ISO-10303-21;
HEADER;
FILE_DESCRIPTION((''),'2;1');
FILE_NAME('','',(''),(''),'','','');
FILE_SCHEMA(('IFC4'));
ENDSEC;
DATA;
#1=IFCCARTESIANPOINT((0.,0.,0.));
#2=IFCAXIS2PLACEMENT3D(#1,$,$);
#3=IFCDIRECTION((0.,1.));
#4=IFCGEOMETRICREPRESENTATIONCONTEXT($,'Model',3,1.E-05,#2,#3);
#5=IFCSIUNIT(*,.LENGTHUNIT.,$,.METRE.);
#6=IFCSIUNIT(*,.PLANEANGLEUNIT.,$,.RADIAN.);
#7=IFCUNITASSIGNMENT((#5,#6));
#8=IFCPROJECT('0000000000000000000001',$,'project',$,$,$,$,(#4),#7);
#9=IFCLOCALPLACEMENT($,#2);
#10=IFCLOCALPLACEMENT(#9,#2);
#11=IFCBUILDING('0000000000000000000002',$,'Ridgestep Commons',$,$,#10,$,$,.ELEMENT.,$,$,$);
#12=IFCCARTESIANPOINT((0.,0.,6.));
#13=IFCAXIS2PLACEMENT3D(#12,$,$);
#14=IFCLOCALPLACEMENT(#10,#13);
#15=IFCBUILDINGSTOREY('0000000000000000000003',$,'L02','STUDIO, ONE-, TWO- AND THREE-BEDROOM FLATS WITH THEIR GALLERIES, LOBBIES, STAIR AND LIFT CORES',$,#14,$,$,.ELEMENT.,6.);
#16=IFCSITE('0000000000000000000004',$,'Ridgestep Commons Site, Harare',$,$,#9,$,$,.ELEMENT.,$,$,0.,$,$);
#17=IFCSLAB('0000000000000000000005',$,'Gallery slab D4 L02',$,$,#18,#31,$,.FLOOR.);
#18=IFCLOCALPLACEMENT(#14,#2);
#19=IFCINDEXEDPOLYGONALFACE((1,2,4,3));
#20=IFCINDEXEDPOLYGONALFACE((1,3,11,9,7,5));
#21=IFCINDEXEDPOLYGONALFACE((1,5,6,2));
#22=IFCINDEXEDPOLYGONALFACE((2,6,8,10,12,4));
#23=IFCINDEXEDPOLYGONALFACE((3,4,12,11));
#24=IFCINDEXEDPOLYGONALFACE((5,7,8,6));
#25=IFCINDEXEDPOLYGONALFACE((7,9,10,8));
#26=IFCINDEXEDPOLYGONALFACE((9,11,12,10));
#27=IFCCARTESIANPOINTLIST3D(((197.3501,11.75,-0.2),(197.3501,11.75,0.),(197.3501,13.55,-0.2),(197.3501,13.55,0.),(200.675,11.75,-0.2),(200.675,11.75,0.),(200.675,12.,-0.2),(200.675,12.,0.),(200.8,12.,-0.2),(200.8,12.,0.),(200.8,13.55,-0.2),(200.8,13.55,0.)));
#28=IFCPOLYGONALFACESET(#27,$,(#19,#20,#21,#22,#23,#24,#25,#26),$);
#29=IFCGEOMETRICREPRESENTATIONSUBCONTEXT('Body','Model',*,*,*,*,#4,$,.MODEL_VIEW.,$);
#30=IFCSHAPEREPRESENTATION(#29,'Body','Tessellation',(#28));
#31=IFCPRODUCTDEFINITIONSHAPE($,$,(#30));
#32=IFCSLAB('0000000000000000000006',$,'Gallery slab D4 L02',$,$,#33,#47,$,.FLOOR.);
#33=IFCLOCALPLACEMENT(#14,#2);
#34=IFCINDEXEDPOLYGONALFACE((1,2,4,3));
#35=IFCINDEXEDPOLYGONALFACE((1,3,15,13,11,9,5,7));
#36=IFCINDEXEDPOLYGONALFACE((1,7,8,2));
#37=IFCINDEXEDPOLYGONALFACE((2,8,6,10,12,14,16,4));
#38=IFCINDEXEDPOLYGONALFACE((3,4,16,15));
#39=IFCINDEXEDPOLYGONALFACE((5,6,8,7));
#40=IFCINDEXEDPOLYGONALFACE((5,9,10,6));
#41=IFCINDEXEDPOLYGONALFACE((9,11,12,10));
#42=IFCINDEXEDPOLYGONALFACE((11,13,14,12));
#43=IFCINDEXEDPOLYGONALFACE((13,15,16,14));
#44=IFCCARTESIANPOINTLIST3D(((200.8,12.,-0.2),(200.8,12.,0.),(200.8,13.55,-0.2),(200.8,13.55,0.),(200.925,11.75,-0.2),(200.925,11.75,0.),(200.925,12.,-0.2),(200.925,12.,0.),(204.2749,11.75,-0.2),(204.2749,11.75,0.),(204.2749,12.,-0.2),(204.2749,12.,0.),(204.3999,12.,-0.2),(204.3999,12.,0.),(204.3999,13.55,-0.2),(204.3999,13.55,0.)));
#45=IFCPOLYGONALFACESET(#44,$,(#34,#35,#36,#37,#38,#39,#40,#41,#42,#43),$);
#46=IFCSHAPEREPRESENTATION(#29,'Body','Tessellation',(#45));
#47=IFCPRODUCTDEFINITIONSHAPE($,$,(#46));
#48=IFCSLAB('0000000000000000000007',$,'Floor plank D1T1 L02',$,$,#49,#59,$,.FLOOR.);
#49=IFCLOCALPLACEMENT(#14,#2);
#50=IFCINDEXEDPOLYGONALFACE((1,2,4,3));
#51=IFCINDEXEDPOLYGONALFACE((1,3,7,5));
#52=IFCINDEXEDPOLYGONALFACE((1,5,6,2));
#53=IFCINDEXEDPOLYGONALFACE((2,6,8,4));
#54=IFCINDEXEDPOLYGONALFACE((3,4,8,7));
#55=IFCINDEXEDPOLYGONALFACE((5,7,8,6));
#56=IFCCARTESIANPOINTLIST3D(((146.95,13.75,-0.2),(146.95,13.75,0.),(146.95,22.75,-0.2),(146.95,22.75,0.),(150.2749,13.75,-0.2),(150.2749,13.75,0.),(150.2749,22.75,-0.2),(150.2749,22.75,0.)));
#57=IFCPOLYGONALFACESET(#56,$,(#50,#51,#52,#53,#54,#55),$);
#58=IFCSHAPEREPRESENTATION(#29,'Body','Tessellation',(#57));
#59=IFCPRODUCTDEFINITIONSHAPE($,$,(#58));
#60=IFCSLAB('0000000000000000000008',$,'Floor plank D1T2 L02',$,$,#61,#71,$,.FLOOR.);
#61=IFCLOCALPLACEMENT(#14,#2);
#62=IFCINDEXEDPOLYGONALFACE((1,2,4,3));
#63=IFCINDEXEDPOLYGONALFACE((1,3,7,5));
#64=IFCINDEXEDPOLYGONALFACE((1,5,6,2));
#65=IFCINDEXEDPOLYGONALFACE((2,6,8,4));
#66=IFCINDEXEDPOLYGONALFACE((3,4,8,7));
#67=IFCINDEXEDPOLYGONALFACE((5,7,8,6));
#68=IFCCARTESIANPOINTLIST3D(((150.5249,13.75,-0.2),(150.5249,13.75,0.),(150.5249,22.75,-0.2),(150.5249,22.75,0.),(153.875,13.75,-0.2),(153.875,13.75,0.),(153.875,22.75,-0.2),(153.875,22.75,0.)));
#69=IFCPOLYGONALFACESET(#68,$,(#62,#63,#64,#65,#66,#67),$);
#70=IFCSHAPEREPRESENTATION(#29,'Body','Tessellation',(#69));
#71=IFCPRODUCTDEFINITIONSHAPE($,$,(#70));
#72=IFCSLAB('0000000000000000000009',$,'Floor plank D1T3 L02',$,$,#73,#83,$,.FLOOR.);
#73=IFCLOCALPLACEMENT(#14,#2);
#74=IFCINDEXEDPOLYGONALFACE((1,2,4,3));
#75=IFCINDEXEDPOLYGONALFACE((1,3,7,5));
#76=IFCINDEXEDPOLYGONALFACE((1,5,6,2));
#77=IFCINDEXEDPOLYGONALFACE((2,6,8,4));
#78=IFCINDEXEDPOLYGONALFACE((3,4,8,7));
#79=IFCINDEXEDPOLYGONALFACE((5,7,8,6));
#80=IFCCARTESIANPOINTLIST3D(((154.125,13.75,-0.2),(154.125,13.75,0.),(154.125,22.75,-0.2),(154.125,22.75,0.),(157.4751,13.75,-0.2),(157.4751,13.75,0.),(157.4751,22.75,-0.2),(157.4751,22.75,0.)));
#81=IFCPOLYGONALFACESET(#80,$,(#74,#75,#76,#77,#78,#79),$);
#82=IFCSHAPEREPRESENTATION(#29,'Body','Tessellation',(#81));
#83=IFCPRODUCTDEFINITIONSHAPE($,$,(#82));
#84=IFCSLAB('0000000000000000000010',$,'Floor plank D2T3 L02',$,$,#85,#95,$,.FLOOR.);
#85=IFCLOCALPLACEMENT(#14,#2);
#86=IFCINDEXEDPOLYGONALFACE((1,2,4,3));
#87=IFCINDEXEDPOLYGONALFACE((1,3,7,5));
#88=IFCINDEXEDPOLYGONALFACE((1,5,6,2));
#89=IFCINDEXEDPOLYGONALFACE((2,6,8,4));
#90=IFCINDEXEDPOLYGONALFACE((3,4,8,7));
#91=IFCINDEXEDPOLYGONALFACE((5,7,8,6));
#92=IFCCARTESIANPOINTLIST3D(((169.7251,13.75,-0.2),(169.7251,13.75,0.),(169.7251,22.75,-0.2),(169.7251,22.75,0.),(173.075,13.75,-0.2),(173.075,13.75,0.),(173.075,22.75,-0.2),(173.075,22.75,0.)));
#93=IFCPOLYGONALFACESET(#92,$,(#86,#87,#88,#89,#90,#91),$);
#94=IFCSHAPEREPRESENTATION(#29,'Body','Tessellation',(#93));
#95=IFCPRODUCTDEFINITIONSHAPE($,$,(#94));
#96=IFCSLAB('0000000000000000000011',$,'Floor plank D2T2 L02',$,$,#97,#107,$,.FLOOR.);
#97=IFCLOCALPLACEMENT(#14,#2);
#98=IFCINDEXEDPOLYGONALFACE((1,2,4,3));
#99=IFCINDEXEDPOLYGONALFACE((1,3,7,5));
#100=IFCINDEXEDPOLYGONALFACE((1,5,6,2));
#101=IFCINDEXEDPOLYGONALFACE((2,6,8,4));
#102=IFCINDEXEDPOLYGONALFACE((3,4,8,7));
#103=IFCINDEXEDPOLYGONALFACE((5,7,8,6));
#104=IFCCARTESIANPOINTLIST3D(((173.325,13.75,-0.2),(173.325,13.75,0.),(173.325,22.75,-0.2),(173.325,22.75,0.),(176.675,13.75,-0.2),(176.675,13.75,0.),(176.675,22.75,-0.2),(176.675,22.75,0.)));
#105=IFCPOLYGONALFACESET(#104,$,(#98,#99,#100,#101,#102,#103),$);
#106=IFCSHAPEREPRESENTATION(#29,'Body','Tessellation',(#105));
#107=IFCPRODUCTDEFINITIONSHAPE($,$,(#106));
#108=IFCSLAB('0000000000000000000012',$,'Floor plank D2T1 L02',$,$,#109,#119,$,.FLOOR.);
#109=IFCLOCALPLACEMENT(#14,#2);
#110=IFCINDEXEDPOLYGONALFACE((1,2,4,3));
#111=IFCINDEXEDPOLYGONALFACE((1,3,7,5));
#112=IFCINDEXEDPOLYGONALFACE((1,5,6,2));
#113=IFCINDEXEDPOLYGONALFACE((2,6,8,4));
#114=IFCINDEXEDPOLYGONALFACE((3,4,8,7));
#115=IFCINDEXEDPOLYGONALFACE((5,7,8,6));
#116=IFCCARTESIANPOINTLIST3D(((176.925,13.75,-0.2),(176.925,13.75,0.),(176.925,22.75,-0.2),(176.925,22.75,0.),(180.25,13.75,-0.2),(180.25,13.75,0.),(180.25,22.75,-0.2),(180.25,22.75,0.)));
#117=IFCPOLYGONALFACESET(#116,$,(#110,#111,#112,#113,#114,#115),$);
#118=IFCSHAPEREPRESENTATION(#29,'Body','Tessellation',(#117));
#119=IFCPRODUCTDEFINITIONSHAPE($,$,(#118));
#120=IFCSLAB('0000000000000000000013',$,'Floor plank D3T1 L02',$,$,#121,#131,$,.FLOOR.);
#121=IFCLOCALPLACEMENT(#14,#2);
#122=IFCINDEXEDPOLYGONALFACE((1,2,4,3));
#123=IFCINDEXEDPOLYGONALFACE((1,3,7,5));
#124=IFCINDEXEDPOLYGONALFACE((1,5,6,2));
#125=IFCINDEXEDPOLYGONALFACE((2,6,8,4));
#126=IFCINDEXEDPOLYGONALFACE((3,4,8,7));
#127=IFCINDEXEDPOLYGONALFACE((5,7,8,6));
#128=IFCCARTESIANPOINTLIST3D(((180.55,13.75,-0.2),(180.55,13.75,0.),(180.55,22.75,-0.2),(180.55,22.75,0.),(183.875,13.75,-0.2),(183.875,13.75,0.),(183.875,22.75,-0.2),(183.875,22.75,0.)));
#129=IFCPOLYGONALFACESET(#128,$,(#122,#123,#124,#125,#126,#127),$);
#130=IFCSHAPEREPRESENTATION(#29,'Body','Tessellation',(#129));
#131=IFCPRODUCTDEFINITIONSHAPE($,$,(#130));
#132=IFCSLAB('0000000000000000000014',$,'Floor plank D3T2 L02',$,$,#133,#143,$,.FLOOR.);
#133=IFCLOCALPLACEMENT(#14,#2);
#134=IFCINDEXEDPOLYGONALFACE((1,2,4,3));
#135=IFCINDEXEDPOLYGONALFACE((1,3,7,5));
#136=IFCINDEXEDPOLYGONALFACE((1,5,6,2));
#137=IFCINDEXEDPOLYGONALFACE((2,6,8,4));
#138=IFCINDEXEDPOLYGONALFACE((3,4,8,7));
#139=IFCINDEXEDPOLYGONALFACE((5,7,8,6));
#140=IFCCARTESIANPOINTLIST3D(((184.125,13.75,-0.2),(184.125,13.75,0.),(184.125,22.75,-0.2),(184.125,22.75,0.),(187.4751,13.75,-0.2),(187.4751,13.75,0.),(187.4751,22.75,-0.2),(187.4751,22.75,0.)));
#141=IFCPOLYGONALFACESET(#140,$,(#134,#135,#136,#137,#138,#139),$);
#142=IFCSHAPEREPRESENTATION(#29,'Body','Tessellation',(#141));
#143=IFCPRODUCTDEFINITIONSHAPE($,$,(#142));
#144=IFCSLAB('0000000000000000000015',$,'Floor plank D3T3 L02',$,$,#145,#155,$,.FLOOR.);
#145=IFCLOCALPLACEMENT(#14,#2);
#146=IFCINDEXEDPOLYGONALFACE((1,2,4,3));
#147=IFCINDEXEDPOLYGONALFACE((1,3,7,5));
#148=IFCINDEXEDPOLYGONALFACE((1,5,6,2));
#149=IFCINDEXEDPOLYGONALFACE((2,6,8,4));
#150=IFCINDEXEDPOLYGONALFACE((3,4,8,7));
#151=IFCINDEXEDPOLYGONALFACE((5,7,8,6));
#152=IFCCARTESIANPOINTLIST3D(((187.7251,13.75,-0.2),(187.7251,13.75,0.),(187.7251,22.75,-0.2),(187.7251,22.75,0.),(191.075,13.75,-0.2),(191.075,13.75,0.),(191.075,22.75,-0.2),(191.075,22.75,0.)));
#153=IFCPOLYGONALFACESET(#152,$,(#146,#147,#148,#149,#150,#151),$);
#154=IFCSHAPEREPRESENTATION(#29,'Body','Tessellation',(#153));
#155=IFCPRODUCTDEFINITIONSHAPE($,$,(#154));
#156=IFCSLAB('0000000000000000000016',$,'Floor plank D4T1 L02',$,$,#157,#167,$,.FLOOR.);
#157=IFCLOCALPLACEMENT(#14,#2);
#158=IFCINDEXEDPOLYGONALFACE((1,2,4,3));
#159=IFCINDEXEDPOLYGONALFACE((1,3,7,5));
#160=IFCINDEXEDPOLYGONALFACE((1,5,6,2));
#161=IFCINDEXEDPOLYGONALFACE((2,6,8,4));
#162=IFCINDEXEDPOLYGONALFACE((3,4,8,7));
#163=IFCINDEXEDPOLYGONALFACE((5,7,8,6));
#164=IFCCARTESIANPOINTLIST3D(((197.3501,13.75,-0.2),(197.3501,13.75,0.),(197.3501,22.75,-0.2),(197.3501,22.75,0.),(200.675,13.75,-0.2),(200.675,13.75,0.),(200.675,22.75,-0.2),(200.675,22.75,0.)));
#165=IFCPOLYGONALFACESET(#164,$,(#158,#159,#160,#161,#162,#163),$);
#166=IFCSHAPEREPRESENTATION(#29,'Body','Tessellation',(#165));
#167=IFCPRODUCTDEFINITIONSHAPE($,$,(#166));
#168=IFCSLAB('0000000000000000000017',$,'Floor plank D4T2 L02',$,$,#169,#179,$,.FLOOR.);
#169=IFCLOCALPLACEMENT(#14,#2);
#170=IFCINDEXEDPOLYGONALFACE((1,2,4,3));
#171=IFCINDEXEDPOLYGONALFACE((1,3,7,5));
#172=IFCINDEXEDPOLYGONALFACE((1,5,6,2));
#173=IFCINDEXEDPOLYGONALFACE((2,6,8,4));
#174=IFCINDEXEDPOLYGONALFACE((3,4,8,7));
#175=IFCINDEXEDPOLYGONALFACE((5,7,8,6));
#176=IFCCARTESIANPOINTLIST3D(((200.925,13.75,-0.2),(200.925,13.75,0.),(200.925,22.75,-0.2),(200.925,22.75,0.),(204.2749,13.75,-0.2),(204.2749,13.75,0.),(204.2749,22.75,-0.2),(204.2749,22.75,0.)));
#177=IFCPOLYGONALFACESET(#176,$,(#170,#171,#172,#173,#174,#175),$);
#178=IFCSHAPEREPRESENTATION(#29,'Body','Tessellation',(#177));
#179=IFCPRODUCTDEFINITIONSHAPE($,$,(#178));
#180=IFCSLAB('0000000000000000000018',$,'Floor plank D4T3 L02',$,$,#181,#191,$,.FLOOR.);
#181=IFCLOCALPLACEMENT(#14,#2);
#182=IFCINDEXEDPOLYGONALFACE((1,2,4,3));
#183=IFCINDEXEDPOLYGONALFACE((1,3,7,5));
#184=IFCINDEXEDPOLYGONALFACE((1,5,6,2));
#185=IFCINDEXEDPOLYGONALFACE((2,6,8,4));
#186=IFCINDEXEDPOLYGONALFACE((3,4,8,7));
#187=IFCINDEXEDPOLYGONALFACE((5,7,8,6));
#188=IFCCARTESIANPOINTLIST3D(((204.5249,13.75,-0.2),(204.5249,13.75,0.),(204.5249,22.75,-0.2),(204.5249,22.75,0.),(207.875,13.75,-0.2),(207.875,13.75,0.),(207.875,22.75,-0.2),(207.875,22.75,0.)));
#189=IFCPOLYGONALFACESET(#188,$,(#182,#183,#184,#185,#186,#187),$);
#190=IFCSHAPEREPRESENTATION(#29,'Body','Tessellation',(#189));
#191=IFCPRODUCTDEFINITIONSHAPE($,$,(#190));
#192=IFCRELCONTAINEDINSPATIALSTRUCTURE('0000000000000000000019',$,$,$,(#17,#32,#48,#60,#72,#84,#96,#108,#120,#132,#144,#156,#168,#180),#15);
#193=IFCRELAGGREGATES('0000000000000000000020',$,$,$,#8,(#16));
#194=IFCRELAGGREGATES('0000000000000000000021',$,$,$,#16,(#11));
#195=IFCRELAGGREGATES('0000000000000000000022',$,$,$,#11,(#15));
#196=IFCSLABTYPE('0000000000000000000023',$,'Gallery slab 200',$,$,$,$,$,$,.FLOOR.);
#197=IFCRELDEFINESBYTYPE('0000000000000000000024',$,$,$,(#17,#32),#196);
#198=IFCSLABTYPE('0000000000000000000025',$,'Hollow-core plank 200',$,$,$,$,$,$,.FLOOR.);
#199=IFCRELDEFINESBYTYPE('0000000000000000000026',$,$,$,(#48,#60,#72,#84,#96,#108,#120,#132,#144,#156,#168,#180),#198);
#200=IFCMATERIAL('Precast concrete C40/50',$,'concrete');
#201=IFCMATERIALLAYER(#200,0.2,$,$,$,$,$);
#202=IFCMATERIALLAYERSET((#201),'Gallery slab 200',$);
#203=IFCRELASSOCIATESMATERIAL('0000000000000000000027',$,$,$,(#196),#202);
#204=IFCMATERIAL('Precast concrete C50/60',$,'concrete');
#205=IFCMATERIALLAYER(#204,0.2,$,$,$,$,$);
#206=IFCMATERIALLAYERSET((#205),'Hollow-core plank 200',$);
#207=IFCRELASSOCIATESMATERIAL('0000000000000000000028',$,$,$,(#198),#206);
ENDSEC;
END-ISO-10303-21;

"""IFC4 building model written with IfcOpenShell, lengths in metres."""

from ifc_helpers import new_model, si_unit, direction, frame, origin, place, context, subcontext, project, spatial, polyline, outline, extrude, material, layer, layer_set, type_object, element, save


model = new_model("IFC4")

# Units and contexts
model_context = context("Model", 3, precision=1e-05, world=origin(), true_north=direction((0.0, 1.0)))
body_context = subcontext(model_context, "Body", "Model", "MODEL_VIEW")
ifc_project = project(units=[si_unit("LENGTHUNIT", "METRE"), si_unit("PLANEANGLEUNIT", "RADIAN")], contexts=[model_context])

# Site, building, storey
site_placement = place(None, origin())
site = spatial("IfcSite", under=ifc_project, at=site_placement, Name="Ridgestep Commons Site, Harare", CompositionType="ELEMENT", RefElevation=0.0)
building_placement = place(site_placement, origin())
building = spatial("IfcBuilding", under=site, at=building_placement, Name="Ridgestep Commons", CompositionType="ELEMENT")
storey_placement = place(building_placement, frame((0.0, 0.0, 6.0)))
storey = spatial("IfcBuildingStorey", under=building, at=storey_placement, Name="L02", Description="STUDIO, ONE-, TWO- AND THREE-BEDROOM FLATS WITH THEIR GALLERIES, LOBBIES, STAIR AND LIFT CORES", CompositionType="ELEMENT", Elevation=6.0)

# Slabs
ifc_material_1 = material(Name="Precast concrete C40/50", Category="concrete")
ifc_layer_1 = layer(ifc_material_1, 0.2)
ifc_layer_set_1 = layer_set([ifc_layer_1], Name="Gallery slab 200")
slab_type_1 = type_object("IfcSlabType", Name="Gallery slab 200", PredefinedType="FLOOR", material=ifc_layer_set_1)
slab_1_placement = place(storey_placement, frame((0.0, 0.0, -0.2)))
element("IfcSlab", 1, at=slab_1_placement, inside=storey, type_object=slab_type_1, Name="Gallery slab D4 L02", PredefinedType="FLOOR", context=body_context, shape_type="SweptSolid", body=[
    extrude(outline(polyline([(197.3501, 11.75), (200.675, 11.75), (200.675, 12.0), (200.8, 12.0), (200.8, 13.55), (197.3501, 13.55), (197.3501, 11.75)])), origin(), (0.0, 0.0, 1.0), 0.2),
])
slab_2_placement = place(storey_placement, frame((0.0, 0.0, -0.2)))
element("IfcSlab", 2, at=slab_2_placement, inside=storey, type_object=slab_type_1, Name="Gallery slab D4 L02", PredefinedType="FLOOR", context=body_context, shape_type="SweptSolid", body=[
    extrude(outline(polyline([(204.3999, 13.55), (200.8, 13.55), (200.8, 12.0), (200.925, 12.0), (200.925, 11.75), (204.2749, 11.75), (204.2749, 12.0), (204.3999, 12.0), (204.3999, 13.55)])), origin(), (0.0, 0.0, 1.0), 0.2),
])
ifc_material_2 = material(Name="Precast concrete C50/60", Category="concrete")
ifc_layer_2 = layer(ifc_material_2, 0.2)
ifc_layer_set_2 = layer_set([ifc_layer_2], Name="Hollow-core plank 200")
slab_type_2 = type_object("IfcSlabType", Name="Hollow-core plank 200", PredefinedType="FLOOR", material=ifc_layer_set_2)
slab_3_placement = place(storey_placement, frame((0.0, 0.0, -0.2)))
element("IfcSlab", 3, at=slab_3_placement, inside=storey, type_object=slab_type_2, Name="Floor plank D1T1 L02", PredefinedType="FLOOR", context=body_context, shape_type="SweptSolid", body=[
    extrude(outline(polyline([(150.2749, 13.75), (150.2749, 22.75), (146.95, 22.75), (146.95, 13.75), (150.2749, 13.75)])), origin(), (0.0, 0.0, 1.0), 0.2),
])
slab_4_placement = place(storey_placement, frame((0.0, 0.0, -0.2)))
element("IfcSlab", 4, at=slab_4_placement, inside=storey, type_object=slab_type_2, Name="Floor plank D1T2 L02", PredefinedType="FLOOR", context=body_context, shape_type="SweptSolid", body=[
    extrude(outline(polyline([(153.875, 13.75), (153.875, 22.75), (150.5249, 22.75), (150.5249, 13.75), (153.875, 13.75)])), origin(), (0.0, 0.0, 1.0), 0.2),
])
slab_5_placement = place(storey_placement, frame((0.0, 0.0, -0.2)))
element("IfcSlab", 5, at=slab_5_placement, inside=storey, type_object=slab_type_2, Name="Floor plank D1T3 L02", PredefinedType="FLOOR", context=body_context, shape_type="SweptSolid", body=[
    extrude(outline(polyline([(157.4751, 13.75), (157.4751, 22.75), (154.125, 22.75), (154.125, 13.75), (157.4751, 13.75)])), origin(), (0.0, 0.0, 1.0), 0.2),
])
slab_6_placement = place(storey_placement, frame((0.0, 0.0, -0.2)))
element("IfcSlab", 6, at=slab_6_placement, inside=storey, type_object=slab_type_2, Name="Floor plank D2T3 L02", PredefinedType="FLOOR", context=body_context, shape_type="SweptSolid", body=[
    extrude(outline(polyline([(173.075, 13.75), (173.075, 22.75), (169.7251, 22.75), (169.7251, 13.75), (173.075, 13.75)])), origin(), (0.0, 0.0, 1.0), 0.2),
])
slab_7_placement = place(storey_placement, frame((0.0, 0.0, -0.2)))
element("IfcSlab", 7, at=slab_7_placement, inside=storey, type_object=slab_type_2, Name="Floor plank D2T2 L02", PredefinedType="FLOOR", context=body_context, shape_type="SweptSolid", body=[
    extrude(outline(polyline([(176.675, 13.75), (176.675, 22.75), (173.325, 22.75), (173.325, 13.75), (176.675, 13.75)])), origin(), (0.0, 0.0, 1.0), 0.2),
])
slab_8_placement = place(storey_placement, frame((0.0, 0.0, -0.2)))
element("IfcSlab", 8, at=slab_8_placement, inside=storey, type_object=slab_type_2, Name="Floor plank D2T1 L02", PredefinedType="FLOOR", context=body_context, shape_type="SweptSolid", body=[
    extrude(outline(polyline([(180.25, 13.75), (180.25, 22.75), (176.925, 22.75), (176.925, 13.75), (180.25, 13.75)])), origin(), (0.0, 0.0, 1.0), 0.2),
])
slab_9_placement = place(storey_placement, frame((0.0, 0.0, -0.2)))
element("IfcSlab", 9, at=slab_9_placement, inside=storey, type_object=slab_type_2, Name="Floor plank D3T1 L02", PredefinedType="FLOOR", context=body_context, shape_type="SweptSolid", body=[
    extrude(outline(polyline([(183.875, 13.75), (183.875, 22.75), (180.55, 22.75), (180.55, 13.75), (183.875, 13.75)])), origin(), (0.0, 0.0, 1.0), 0.2),
])
slab_10_placement = place(storey_placement, frame((0.0, 0.0, -0.2)))
element("IfcSlab", 10, at=slab_10_placement, inside=storey, type_object=slab_type_2, Name="Floor plank D3T2 L02", PredefinedType="FLOOR", context=body_context, shape_type="SweptSolid", body=[
    extrude(outline(polyline([(187.4751, 13.75), (187.4751, 22.75), (184.125, 22.75), (184.125, 13.75), (187.4751, 13.75)])), origin(), (0.0, 0.0, 1.0), 0.2),
])
slab_11_placement = place(storey_placement, frame((0.0, 0.0, -0.2)))
element("IfcSlab", 11, at=slab_11_placement, inside=storey, type_object=slab_type_2, Name="Floor plank D3T3 L02", PredefinedType="FLOOR", context=body_context, shape_type="SweptSolid", body=[
    extrude(outline(polyline([(191.075, 13.75), (191.075, 22.75), (187.7251, 22.75), (187.7251, 13.75), (191.075, 13.75)])), origin(), (0.0, 0.0, 1.0), 0.2),
])
slab_12_placement = place(storey_placement, frame((0.0, 0.0, -0.2)))
element("IfcSlab", 12, at=slab_12_placement, inside=storey, type_object=slab_type_2, Name="Floor plank D4T1 L02", PredefinedType="FLOOR", context=body_context, shape_type="SweptSolid", body=[
    extrude(outline(polyline([(200.675, 13.75), (200.675, 22.75), (197.3501, 22.75), (197.3501, 13.75), (200.675, 13.75)])), origin(), (0.0, 0.0, 1.0), 0.2),
])
slab_13_placement = place(storey_placement, frame((0.0, 0.0, -0.2)))
element("IfcSlab", 13, at=slab_13_placement, inside=storey, type_object=slab_type_2, Name="Floor plank D4T2 L02", PredefinedType="FLOOR", context=body_context, shape_type="SweptSolid", body=[
    extrude(outline(polyline([(204.2749, 13.75), (204.2749, 22.75), (200.925, 22.75), (200.925, 13.75), (204.2749, 13.75)])), origin(), (0.0, 0.0, 1.0), 0.2),
])
slab_14_placement = place(storey_placement, frame((0.0, 0.0, -0.2)))
element("IfcSlab", 14, at=slab_14_placement, inside=storey, type_object=slab_type_2, Name="Floor plank D4T3 L02", PredefinedType="FLOOR", context=body_context, shape_type="SweptSolid", body=[
    extrude(outline(polyline([(207.875, 13.75), (207.875, 22.75), (204.5249, 22.75), (204.5249, 13.75), (207.875, 13.75)])), origin(), (0.0, 0.0, 1.0), 0.2),
])

save(model, "model.ifc")
